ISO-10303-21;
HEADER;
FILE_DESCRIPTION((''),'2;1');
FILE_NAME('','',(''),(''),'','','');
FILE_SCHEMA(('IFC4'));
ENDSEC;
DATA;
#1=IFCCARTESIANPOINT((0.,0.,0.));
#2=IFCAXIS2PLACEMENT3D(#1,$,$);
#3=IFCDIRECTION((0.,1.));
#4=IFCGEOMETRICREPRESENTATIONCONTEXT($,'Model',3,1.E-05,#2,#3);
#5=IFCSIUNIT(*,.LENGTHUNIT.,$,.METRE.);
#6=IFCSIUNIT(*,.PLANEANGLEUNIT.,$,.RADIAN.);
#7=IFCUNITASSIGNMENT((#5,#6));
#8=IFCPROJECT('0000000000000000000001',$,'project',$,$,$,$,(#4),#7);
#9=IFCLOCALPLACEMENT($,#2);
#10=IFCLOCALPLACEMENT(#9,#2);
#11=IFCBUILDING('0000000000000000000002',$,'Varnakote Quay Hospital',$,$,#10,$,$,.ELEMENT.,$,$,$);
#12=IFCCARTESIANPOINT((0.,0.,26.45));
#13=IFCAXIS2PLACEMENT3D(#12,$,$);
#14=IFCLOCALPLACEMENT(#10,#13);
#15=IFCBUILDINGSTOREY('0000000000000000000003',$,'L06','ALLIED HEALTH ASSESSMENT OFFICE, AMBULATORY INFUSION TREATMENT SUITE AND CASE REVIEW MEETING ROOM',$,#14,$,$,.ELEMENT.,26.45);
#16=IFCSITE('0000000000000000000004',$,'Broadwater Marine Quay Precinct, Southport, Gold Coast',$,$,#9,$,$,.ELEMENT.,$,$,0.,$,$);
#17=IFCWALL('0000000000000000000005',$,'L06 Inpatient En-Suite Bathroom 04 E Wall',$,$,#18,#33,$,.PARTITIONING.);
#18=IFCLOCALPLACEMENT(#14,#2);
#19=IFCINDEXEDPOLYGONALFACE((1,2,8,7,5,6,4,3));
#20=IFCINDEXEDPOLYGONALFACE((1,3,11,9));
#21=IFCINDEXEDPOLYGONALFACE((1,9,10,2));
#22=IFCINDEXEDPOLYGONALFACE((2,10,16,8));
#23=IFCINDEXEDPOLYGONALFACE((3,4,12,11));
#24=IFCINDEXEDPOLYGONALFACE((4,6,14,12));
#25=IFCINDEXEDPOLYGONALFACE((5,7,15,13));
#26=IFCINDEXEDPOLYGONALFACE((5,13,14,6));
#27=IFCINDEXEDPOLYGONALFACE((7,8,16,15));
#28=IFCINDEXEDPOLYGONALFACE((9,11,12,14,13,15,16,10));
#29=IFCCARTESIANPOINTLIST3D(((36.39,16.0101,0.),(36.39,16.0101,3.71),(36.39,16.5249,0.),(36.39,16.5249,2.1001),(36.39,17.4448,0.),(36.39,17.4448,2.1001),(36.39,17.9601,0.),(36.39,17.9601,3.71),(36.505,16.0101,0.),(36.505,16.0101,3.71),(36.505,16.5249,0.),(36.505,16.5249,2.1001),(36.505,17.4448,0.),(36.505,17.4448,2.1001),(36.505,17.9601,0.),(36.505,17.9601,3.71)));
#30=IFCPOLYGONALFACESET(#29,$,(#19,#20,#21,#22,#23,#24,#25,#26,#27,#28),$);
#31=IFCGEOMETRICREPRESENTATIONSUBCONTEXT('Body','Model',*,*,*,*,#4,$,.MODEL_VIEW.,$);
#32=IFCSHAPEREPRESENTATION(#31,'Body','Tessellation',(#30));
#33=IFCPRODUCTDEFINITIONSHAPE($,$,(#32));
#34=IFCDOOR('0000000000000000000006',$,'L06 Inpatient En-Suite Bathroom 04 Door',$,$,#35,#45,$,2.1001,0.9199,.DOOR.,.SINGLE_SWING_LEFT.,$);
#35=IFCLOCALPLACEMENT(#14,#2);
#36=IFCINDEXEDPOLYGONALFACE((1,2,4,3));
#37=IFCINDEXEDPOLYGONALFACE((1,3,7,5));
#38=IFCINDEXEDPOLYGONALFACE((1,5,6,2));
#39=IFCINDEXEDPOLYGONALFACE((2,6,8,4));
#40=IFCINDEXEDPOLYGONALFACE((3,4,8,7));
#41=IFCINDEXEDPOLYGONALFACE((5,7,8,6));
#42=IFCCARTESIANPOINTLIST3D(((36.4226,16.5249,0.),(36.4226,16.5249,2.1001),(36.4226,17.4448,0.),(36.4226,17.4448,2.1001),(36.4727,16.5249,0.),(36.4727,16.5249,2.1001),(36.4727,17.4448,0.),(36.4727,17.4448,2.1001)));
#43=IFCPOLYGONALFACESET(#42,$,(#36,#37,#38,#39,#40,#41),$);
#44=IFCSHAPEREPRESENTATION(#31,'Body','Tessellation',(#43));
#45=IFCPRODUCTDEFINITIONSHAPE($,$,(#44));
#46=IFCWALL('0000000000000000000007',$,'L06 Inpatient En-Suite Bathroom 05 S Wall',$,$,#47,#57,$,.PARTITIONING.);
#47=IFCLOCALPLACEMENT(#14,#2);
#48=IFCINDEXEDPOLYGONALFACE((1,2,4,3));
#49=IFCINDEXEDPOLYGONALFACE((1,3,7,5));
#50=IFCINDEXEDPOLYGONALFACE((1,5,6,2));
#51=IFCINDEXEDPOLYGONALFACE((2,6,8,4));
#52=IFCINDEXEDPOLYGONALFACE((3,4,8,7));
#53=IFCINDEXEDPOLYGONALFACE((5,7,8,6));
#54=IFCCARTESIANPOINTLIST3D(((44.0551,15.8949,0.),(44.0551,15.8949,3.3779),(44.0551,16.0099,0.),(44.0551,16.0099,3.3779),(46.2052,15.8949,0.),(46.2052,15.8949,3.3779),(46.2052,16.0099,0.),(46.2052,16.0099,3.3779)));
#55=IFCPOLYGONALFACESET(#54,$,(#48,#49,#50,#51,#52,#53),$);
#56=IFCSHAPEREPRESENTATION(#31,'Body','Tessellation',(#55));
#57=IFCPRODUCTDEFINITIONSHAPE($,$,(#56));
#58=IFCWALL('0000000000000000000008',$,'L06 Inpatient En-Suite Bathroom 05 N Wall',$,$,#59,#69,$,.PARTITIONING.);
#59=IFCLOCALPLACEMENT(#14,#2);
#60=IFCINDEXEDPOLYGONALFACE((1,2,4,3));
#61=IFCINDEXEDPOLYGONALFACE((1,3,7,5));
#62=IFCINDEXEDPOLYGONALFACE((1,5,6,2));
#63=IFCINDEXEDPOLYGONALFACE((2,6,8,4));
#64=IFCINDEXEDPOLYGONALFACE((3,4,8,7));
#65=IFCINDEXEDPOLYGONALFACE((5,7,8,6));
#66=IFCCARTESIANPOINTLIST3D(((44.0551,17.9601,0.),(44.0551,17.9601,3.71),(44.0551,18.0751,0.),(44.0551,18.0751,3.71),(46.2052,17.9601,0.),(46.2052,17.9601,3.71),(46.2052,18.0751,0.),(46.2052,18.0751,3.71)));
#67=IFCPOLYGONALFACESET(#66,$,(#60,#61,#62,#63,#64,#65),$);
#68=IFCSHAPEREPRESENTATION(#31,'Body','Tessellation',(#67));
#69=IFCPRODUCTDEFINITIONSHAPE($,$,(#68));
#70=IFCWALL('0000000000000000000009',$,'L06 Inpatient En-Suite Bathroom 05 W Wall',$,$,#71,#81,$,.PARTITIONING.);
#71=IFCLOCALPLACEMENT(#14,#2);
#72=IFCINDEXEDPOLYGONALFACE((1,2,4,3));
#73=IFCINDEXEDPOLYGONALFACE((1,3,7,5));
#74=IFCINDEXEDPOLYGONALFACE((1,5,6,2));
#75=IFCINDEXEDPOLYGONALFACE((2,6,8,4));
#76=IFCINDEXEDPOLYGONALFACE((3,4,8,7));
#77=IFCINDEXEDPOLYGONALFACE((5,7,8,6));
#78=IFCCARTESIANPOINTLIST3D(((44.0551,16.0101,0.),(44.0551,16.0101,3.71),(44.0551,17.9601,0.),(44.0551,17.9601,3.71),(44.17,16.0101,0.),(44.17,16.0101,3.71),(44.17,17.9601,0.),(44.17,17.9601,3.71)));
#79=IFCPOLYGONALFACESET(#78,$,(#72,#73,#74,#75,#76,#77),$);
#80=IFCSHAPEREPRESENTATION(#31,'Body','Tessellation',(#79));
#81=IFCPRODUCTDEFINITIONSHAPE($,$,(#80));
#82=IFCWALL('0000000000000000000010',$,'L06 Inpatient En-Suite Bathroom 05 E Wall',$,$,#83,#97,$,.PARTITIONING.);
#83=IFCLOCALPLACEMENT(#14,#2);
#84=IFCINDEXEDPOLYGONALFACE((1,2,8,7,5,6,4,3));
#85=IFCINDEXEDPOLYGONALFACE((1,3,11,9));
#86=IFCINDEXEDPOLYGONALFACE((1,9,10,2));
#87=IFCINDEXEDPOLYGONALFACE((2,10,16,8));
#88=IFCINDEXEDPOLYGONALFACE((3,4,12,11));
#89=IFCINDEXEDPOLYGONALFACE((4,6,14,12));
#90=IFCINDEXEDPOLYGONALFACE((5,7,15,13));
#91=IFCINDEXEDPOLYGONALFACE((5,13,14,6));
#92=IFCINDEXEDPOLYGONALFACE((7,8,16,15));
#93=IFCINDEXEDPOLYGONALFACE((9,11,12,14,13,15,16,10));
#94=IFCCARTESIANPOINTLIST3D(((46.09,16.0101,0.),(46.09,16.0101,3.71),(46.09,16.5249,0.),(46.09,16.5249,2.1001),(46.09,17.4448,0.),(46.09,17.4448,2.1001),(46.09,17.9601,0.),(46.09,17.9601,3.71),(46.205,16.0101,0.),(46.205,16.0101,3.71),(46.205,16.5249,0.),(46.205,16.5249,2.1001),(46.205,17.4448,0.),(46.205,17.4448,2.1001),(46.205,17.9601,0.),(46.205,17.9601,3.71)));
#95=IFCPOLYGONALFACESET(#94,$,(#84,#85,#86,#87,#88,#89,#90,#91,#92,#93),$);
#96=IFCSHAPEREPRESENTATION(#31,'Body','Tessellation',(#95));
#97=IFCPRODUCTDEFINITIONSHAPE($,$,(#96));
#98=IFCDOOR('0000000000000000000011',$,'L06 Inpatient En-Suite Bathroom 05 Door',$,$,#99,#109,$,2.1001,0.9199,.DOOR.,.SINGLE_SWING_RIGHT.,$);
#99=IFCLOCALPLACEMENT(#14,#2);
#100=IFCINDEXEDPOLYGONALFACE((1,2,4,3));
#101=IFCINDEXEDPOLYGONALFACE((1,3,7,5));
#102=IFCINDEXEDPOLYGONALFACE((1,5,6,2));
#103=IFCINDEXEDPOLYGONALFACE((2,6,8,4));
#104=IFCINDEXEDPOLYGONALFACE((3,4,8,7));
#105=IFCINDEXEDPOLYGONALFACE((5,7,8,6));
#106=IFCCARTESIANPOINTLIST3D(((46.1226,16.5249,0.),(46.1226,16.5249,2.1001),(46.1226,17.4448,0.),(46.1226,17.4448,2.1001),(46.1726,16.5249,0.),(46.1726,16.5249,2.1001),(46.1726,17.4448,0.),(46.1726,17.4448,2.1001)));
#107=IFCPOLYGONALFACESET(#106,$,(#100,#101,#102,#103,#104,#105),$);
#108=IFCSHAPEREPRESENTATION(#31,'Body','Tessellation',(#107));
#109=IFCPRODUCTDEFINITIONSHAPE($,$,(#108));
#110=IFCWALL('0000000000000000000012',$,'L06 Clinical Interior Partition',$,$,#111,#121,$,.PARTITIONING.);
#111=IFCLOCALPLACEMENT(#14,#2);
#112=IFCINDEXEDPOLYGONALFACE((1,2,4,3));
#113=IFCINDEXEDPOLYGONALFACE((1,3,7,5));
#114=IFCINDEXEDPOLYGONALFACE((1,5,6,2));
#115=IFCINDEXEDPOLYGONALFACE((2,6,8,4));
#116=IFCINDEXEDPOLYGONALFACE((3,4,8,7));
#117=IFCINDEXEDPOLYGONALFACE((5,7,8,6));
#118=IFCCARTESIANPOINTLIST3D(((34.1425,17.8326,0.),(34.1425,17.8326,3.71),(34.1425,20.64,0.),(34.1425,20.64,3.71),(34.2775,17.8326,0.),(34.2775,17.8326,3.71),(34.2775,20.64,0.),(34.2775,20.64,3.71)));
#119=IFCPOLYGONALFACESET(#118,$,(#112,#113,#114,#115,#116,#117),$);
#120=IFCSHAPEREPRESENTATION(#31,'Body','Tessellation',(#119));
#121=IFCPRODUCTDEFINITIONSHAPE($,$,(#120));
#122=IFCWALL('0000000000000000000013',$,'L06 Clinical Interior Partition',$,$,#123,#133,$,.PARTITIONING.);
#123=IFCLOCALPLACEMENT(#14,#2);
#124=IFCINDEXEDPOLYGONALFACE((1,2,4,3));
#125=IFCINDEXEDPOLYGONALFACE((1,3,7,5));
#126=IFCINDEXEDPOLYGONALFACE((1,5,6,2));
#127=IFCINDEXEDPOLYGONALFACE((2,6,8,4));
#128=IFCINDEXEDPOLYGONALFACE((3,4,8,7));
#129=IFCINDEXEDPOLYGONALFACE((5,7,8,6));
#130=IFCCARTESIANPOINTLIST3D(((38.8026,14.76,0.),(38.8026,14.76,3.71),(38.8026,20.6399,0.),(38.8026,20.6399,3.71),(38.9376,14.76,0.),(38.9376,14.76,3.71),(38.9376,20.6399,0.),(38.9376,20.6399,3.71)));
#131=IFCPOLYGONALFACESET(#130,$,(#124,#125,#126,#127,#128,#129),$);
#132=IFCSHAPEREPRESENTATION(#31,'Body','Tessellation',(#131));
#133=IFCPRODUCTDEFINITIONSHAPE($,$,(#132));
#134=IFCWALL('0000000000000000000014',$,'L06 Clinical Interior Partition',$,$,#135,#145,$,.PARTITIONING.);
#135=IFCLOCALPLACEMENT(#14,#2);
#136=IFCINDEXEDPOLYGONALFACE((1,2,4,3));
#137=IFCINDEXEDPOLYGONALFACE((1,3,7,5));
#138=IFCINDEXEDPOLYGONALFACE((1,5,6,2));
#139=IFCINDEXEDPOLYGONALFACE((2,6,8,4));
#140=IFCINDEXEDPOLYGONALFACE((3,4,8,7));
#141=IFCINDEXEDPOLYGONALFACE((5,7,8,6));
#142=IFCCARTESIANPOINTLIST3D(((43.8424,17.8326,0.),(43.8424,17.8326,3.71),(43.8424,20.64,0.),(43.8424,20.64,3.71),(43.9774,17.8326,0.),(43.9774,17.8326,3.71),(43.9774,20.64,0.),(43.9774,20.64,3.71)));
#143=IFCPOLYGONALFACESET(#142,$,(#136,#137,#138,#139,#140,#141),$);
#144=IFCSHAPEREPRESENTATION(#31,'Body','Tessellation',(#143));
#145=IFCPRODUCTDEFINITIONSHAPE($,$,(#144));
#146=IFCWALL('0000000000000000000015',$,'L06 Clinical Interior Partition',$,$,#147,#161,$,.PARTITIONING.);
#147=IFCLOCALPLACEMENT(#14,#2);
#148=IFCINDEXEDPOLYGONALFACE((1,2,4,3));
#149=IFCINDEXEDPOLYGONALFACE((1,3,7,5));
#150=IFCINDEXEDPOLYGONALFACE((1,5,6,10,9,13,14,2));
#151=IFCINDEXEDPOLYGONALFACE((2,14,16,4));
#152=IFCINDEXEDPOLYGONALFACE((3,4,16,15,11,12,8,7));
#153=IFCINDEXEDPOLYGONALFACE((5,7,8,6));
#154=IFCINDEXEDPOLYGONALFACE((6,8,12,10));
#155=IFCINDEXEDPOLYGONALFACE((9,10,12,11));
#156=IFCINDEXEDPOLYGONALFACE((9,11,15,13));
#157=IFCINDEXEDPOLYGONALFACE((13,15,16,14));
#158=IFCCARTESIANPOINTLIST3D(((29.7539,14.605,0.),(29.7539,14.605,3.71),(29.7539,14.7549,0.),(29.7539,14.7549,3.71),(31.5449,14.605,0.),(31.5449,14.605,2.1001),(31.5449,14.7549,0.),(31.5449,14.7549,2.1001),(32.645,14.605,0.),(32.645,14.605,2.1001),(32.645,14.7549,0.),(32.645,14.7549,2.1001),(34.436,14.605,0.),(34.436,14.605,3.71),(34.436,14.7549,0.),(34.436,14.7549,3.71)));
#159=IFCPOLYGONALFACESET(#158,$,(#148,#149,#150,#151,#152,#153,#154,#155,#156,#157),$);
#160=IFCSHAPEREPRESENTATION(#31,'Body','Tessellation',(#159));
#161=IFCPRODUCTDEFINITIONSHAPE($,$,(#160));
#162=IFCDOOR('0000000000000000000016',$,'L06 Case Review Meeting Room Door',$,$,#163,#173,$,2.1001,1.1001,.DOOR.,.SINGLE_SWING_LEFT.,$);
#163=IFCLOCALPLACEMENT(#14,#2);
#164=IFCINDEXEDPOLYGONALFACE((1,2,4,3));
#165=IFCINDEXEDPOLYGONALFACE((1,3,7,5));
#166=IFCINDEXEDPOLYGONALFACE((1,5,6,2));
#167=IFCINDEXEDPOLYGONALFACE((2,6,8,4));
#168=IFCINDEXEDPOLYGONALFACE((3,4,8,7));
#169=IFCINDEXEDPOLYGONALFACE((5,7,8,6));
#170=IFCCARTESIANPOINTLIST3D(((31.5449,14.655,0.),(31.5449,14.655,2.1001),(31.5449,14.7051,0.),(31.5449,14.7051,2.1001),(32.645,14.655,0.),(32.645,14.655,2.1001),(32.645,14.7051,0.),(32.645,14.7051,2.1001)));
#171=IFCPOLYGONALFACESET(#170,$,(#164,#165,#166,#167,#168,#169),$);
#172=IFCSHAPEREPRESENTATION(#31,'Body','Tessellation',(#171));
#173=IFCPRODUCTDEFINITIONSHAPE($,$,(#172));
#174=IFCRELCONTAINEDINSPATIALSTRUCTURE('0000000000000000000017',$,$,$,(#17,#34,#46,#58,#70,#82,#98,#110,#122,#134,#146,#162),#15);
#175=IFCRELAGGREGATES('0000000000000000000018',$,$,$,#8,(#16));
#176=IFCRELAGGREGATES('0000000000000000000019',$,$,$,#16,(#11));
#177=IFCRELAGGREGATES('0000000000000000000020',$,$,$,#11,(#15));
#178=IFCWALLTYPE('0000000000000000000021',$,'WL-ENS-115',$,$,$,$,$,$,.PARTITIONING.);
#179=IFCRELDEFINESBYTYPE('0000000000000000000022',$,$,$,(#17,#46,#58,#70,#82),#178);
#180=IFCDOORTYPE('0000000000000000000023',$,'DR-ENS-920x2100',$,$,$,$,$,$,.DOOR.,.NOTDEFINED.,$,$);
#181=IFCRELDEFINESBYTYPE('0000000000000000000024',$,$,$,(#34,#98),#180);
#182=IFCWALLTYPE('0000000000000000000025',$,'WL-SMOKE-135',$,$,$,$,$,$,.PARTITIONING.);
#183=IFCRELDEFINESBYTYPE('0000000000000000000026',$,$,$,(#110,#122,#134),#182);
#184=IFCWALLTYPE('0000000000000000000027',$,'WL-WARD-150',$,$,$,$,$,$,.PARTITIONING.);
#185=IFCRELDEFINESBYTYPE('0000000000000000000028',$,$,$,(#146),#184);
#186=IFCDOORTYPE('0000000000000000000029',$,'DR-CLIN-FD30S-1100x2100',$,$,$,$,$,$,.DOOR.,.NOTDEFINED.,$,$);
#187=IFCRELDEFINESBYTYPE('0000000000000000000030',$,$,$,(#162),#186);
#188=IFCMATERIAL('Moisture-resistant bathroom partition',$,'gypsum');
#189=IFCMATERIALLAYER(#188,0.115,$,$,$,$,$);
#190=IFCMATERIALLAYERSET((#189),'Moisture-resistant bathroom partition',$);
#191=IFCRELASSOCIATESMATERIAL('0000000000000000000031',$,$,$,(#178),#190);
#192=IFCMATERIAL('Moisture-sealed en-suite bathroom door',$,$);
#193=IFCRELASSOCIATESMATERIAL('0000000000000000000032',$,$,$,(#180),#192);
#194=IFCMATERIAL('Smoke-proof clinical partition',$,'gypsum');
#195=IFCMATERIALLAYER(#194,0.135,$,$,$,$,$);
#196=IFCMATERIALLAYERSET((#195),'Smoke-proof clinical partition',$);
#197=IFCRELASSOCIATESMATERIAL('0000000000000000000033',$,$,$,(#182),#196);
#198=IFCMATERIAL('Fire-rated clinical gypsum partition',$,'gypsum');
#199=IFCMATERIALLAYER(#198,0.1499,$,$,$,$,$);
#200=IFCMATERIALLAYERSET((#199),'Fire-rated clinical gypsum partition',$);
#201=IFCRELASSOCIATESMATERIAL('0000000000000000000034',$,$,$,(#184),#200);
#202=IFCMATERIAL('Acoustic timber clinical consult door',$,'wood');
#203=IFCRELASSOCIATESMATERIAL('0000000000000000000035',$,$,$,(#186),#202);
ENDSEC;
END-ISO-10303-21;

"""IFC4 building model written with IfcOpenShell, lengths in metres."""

from ifc_helpers import new_model, si_unit, direction, frame, frame_2d, origin, place, context, subcontext, project, spatial, rectangle, extrude, material, layer, layer_set, type_object, element, fill, save


model = new_model("IFC4")

# Units and contexts
model_context = context("Model", 3, precision=1e-05, world=origin(), true_north=direction((0.0, 1.0)))
body_context = subcontext(model_context, "Body", "Model", "MODEL_VIEW")
ifc_project = project(units=[si_unit("LENGTHUNIT", "METRE"), si_unit("PLANEANGLEUNIT", "RADIAN")], contexts=[model_context])

# Site, building, storey
site_placement = place(None, origin())
site = spatial("IfcSite", under=ifc_project, at=site_placement, Name="Broadwater Marine Quay Precinct, Southport, Gold Coast", CompositionType="ELEMENT", RefElevation=0.0)
building_placement = place(site_placement, origin())
building = spatial("IfcBuilding", under=site, at=building_placement, Name="Varnakote Quay Hospital", CompositionType="ELEMENT")
storey_placement = place(building_placement, frame((0.0, 0.0, 26.45)))
storey = spatial("IfcBuildingStorey", under=building, at=storey_placement, Name="L06", Description="ALLIED HEALTH ASSESSMENT OFFICE, AMBULATORY INFUSION TREATMENT SUITE AND CASE REVIEW MEETING ROOM", CompositionType="ELEMENT", Elevation=26.45)

# Shared definitions
ifc_material_1 = material(Name="Moisture-resistant bathroom partition", Category="gypsum")
ifc_layer_1 = layer(ifc_material_1, 0.115)
ifc_layer_set_1 = layer_set([ifc_layer_1], Name="Moisture-resistant bathroom partition")
wall_type_1 = type_object("IfcWallType", Name="WL-ENS-115", PredefinedType="PARTITIONING", material=ifc_layer_set_1)

# Wall, opening, door
wall_1_placement = place(storey_placement, frame((36.4475, 16.01, 0.0), z_axis=(0.0, 0.0, 1.0), x_axis=(0.0, 1.0, 0.0)))
wall_1 = element("IfcWall", 1, at=wall_1_placement, inside=storey, type_object=wall_type_1, Name="L06 Inpatient En-Suite Bathroom 04 E Wall", PredefinedType="PARTITIONING", context=body_context, shape_type="SweptSolid", body=[
    extrude(rectangle(XDim=1.95, YDim=0.115, at=frame_2d((0.9751, 0.0))), origin(), (0.0, 0.0, 1.0), 3.71),
])
opening_1_placement = place(wall_1_placement, frame((0.5149, 0.0, 0.0)))
opening_1 = element("IfcOpeningElement", 2, at=opening_1_placement, cuts=wall_1, PredefinedType="OPENING", context=body_context, shape_type="SweptSolid", body=[
    extrude(rectangle(XDim=0.9199, YDim=2.1001, at=frame_2d((0.46, 1.05))), frame((0.0, 0.0674, 0.0), z_axis=(0.0, -1.0, 0.0), x_axis=(1.0, 0.0, 0.0)), (0.0, 0.0, 1.0), 0.135),
])
ifc_material_2 = material(Name="Moisture-sealed en-suite bathroom door")
door_type_1 = type_object("IfcDoorType", Name="DR-ENS-920x2100", OperationType="NOTDEFINED", PredefinedType="DOOR", material=ifc_material_2)
door_1_placement = place(opening_1_placement, origin())
door_1 = element("IfcDoor", 3, at=door_1_placement, inside=storey, type_object=door_type_1, Name="L06 Inpatient En-Suite Bathroom 04 Door", OperationType="SINGLE_SWING_LEFT", OverallHeight=2.1001, OverallWidth=0.9199, PredefinedType="DOOR", context=body_context, shape_type="SweptSolid", body=[
    extrude(rectangle(XDim=0.9199, YDim=2.1001, at=frame_2d((0.46, 1.05))), frame((0.0, 0.0249, 0.0), z_axis=(0.0, -1.0, 0.0), x_axis=(1.0, 0.0, 0.0)), (0.0, 0.0, 1.0), 0.05),
])
fill(opening_1, door_1)

# Walls
wall_2_placement = place(storey_placement, frame((44.0549, 15.9524, 0.0), z_axis=(0.0, 0.0, 1.0), x_axis=(1.0, 0.0, 0.0)))
element("IfcWall", 4, at=wall_2_placement, inside=storey, type_object=wall_type_1, Name="L06 Inpatient En-Suite Bathroom 05 S Wall", PredefinedType="PARTITIONING", context=body_context, shape_type="SweptSolid", body=[
    extrude(rectangle(XDim=2.1501, YDim=0.115, at=frame_2d((1.0752, 0.0))), origin(), (0.0, 0.0, 1.0), 3.3779),
])
wall_3_placement = place(storey_placement, frame((44.0549, 18.0176, 0.0), z_axis=(0.0, 0.0, 1.0), x_axis=(1.0, 0.0, 0.0)))
element("IfcWall", 5, at=wall_3_placement, inside=storey, type_object=wall_type_1, Name="L06 Inpatient En-Suite Bathroom 05 N Wall", PredefinedType="PARTITIONING", context=body_context, shape_type="SweptSolid", body=[
    extrude(rectangle(XDim=2.1501, YDim=0.115, at=frame_2d((1.0752, 0.0))), origin(), (0.0, 0.0, 1.0), 3.71),
])
wall_4_placement = place(storey_placement, frame((44.1125, 16.01, 0.0), z_axis=(0.0, 0.0, 1.0), x_axis=(0.0, 1.0, 0.0)))
element("IfcWall", 6, at=wall_4_placement, inside=storey, type_object=wall_type_1, Name="L06 Inpatient En-Suite Bathroom 05 W Wall", PredefinedType="PARTITIONING", context=body_context, shape_type="SweptSolid", body=[
    extrude(rectangle(XDim=1.95, YDim=0.115, at=frame_2d((0.9751, 0.0))), origin(), (0.0, 0.0, 1.0), 3.71),
])

# Wall, opening, door
wall_5_placement = place(storey_placement, frame((46.1475, 16.01, 0.0), z_axis=(0.0, 0.0, 1.0), x_axis=(0.0, 1.0, 0.0)))
wall_5 = element("IfcWall", 7, at=wall_5_placement, inside=storey, type_object=wall_type_1, Name="L06 Inpatient En-Suite Bathroom 05 E Wall", PredefinedType="PARTITIONING", context=body_context, shape_type="SweptSolid", body=[
    extrude(rectangle(XDim=1.95, YDim=0.115, at=frame_2d((0.9751, 0.0))), origin(), (0.0, 0.0, 1.0), 3.71),
])
opening_2_placement = place(wall_5_placement, frame((0.5149, 0.0, 0.0)))
opening_2 = element("IfcOpeningElement", 8, at=opening_2_placement, cuts=wall_5, PredefinedType="OPENING", context=body_context, shape_type="SweptSolid", body=[
    extrude(rectangle(XDim=0.9199, YDim=2.1001, at=frame_2d((0.46, 1.05))), frame((0.0, 0.0674, 0.0), z_axis=(0.0, -1.0, 0.0), x_axis=(1.0, 0.0, 0.0)), (0.0, 0.0, 1.0), 0.135),
])
door_2_placement = place(opening_2_placement, origin())
door_2 = element("IfcDoor", 9, at=door_2_placement, inside=storey, type_object=door_type_1, Name="L06 Inpatient En-Suite Bathroom 05 Door", OperationType="SINGLE_SWING_RIGHT", OverallHeight=2.1001, OverallWidth=0.9199, PredefinedType="DOOR", context=body_context, shape_type="SweptSolid", body=[
    extrude(rectangle(XDim=0.9199, YDim=2.1001, at=frame_2d((0.46, 1.05))), frame((0.0, 0.0249, 0.0), z_axis=(0.0, -1.0, 0.0), x_axis=(1.0, 0.0, 0.0)), (0.0, 0.0, 1.0), 0.05),
])
fill(opening_2, door_2)

# Walls
ifc_material_3 = material(Name="Smoke-proof clinical partition", Category="gypsum")
ifc_layer_2 = layer(ifc_material_3, 0.135)
ifc_layer_set_2 = layer_set([ifc_layer_2], Name="Smoke-proof clinical partition")
wall_type_2 = type_object("IfcWallType", Name="WL-SMOKE-135", PredefinedType="PARTITIONING", material=ifc_layer_set_2)
wall_6_placement = place(storey_placement, frame((34.21, 17.8325, 0.0), z_axis=(0.0, 0.0, 1.0), x_axis=(0.0, 1.0, 0.0)))
element("IfcWall", 10, at=wall_6_placement, inside=storey, type_object=wall_type_2, Name="L06 Clinical Interior Partition", PredefinedType="PARTITIONING", context=body_context, shape_type="SweptSolid", body=[
    extrude(rectangle(XDim=2.8074, YDim=0.135, at=frame_2d((1.4038, 0.0))), origin(), (0.0, 0.0, 1.0), 3.71),
])
wall_7_placement = place(storey_placement, frame((38.8701, 14.76, 0.0), z_axis=(0.0, 0.0, 1.0), x_axis=(0.0, 1.0, 0.0)))
element("IfcWall", 11, at=wall_7_placement, inside=storey, type_object=wall_type_2, Name="L06 Clinical Interior Partition", PredefinedType="PARTITIONING", context=body_context, shape_type="SweptSolid", body=[
    extrude(rectangle(XDim=5.8799, YDim=0.135, at=frame_2d((2.9399, 0.0))), origin(), (0.0, 0.0, 1.0), 3.71),
])
wall_8_placement = place(storey_placement, frame((43.9099, 17.8325, 0.0), z_axis=(0.0, 0.0, 1.0), x_axis=(0.0, 1.0, 0.0)))
element("IfcWall", 12, at=wall_8_placement, inside=storey, type_object=wall_type_2, Name="L06 Clinical Interior Partition", PredefinedType="PARTITIONING", context=body_context, shape_type="SweptSolid", body=[
    extrude(rectangle(XDim=2.8074, YDim=0.135, at=frame_2d((1.4038, 0.0))), origin(), (0.0, 0.0, 1.0), 3.71),
])

# Wall, opening, door
ifc_material_4 = material(Name="Fire-rated clinical gypsum partition", Category="gypsum")
ifc_layer_3 = layer(ifc_material_4, 0.1499)
ifc_layer_set_3 = layer_set([ifc_layer_3], Name="Fire-rated clinical gypsum partition")
wall_type_3 = type_object("IfcWallType", Name="WL-WARD-150", PredefinedType="PARTITIONING", material=ifc_layer_set_3)
wall_9_placement = place(storey_placement, frame((34.436, 14.6799, 0.0), z_axis=(0.0, 0.0, 1.0), x_axis=(-1.0, 0.0, 0.0)))
wall_9 = element("IfcWall", 13, at=wall_9_placement, inside=storey, type_object=wall_type_3, Name="L06 Clinical Interior Partition", PredefinedType="PARTITIONING", context=body_context, shape_type="SweptSolid", body=[
    extrude(rectangle(XDim=4.6821, YDim=0.1499, at=frame_2d((2.3411, 0.0))), origin(), (0.0, 0.0, 1.0), 3.71),
])
opening_3_placement = place(wall_9_placement, frame((1.791, 0.0, 0.0)))
opening_3 = element("IfcOpeningElement", 14, at=opening_3_placement, cuts=wall_9, PredefinedType="OPENING", context=body_context, shape_type="SweptSolid", body=[
    extrude(rectangle(XDim=1.1001, YDim=2.1001, at=frame_2d((0.55, 1.05))), frame((0.0, 0.085, 0.0), z_axis=(0.0, -1.0, 0.0), x_axis=(1.0, 0.0, 0.0)), (0.0, 0.0, 1.0), 0.1699),
])
ifc_material_5 = material(Name="Acoustic timber clinical consult door", Category="wood")
door_type_2 = type_object("IfcDoorType", Name="DR-CLIN-FD30S-1100x2100", OperationType="NOTDEFINED", PredefinedType="DOOR", material=ifc_material_5)
door_3_placement = place(opening_3_placement, origin())
door_3 = element("IfcDoor", 15, at=door_3_placement, inside=storey, type_object=door_type_2, Name="L06 Case Review Meeting Room Door", OperationType="SINGLE_SWING_LEFT", OverallHeight=2.1001, OverallWidth=1.1001, PredefinedType="DOOR", context=body_context, shape_type="SweptSolid", body=[
    extrude(rectangle(XDim=1.1001, YDim=2.1001, at=frame_2d((0.55, 1.05))), frame((0.0, 0.0249, 0.0), z_axis=(0.0, -1.0, 0.0), x_axis=(1.0, 0.0, 0.0)), (0.0, 0.0, 1.0), 0.05),
])
fill(opening_3, door_3)

save(model, "model.ifc")
